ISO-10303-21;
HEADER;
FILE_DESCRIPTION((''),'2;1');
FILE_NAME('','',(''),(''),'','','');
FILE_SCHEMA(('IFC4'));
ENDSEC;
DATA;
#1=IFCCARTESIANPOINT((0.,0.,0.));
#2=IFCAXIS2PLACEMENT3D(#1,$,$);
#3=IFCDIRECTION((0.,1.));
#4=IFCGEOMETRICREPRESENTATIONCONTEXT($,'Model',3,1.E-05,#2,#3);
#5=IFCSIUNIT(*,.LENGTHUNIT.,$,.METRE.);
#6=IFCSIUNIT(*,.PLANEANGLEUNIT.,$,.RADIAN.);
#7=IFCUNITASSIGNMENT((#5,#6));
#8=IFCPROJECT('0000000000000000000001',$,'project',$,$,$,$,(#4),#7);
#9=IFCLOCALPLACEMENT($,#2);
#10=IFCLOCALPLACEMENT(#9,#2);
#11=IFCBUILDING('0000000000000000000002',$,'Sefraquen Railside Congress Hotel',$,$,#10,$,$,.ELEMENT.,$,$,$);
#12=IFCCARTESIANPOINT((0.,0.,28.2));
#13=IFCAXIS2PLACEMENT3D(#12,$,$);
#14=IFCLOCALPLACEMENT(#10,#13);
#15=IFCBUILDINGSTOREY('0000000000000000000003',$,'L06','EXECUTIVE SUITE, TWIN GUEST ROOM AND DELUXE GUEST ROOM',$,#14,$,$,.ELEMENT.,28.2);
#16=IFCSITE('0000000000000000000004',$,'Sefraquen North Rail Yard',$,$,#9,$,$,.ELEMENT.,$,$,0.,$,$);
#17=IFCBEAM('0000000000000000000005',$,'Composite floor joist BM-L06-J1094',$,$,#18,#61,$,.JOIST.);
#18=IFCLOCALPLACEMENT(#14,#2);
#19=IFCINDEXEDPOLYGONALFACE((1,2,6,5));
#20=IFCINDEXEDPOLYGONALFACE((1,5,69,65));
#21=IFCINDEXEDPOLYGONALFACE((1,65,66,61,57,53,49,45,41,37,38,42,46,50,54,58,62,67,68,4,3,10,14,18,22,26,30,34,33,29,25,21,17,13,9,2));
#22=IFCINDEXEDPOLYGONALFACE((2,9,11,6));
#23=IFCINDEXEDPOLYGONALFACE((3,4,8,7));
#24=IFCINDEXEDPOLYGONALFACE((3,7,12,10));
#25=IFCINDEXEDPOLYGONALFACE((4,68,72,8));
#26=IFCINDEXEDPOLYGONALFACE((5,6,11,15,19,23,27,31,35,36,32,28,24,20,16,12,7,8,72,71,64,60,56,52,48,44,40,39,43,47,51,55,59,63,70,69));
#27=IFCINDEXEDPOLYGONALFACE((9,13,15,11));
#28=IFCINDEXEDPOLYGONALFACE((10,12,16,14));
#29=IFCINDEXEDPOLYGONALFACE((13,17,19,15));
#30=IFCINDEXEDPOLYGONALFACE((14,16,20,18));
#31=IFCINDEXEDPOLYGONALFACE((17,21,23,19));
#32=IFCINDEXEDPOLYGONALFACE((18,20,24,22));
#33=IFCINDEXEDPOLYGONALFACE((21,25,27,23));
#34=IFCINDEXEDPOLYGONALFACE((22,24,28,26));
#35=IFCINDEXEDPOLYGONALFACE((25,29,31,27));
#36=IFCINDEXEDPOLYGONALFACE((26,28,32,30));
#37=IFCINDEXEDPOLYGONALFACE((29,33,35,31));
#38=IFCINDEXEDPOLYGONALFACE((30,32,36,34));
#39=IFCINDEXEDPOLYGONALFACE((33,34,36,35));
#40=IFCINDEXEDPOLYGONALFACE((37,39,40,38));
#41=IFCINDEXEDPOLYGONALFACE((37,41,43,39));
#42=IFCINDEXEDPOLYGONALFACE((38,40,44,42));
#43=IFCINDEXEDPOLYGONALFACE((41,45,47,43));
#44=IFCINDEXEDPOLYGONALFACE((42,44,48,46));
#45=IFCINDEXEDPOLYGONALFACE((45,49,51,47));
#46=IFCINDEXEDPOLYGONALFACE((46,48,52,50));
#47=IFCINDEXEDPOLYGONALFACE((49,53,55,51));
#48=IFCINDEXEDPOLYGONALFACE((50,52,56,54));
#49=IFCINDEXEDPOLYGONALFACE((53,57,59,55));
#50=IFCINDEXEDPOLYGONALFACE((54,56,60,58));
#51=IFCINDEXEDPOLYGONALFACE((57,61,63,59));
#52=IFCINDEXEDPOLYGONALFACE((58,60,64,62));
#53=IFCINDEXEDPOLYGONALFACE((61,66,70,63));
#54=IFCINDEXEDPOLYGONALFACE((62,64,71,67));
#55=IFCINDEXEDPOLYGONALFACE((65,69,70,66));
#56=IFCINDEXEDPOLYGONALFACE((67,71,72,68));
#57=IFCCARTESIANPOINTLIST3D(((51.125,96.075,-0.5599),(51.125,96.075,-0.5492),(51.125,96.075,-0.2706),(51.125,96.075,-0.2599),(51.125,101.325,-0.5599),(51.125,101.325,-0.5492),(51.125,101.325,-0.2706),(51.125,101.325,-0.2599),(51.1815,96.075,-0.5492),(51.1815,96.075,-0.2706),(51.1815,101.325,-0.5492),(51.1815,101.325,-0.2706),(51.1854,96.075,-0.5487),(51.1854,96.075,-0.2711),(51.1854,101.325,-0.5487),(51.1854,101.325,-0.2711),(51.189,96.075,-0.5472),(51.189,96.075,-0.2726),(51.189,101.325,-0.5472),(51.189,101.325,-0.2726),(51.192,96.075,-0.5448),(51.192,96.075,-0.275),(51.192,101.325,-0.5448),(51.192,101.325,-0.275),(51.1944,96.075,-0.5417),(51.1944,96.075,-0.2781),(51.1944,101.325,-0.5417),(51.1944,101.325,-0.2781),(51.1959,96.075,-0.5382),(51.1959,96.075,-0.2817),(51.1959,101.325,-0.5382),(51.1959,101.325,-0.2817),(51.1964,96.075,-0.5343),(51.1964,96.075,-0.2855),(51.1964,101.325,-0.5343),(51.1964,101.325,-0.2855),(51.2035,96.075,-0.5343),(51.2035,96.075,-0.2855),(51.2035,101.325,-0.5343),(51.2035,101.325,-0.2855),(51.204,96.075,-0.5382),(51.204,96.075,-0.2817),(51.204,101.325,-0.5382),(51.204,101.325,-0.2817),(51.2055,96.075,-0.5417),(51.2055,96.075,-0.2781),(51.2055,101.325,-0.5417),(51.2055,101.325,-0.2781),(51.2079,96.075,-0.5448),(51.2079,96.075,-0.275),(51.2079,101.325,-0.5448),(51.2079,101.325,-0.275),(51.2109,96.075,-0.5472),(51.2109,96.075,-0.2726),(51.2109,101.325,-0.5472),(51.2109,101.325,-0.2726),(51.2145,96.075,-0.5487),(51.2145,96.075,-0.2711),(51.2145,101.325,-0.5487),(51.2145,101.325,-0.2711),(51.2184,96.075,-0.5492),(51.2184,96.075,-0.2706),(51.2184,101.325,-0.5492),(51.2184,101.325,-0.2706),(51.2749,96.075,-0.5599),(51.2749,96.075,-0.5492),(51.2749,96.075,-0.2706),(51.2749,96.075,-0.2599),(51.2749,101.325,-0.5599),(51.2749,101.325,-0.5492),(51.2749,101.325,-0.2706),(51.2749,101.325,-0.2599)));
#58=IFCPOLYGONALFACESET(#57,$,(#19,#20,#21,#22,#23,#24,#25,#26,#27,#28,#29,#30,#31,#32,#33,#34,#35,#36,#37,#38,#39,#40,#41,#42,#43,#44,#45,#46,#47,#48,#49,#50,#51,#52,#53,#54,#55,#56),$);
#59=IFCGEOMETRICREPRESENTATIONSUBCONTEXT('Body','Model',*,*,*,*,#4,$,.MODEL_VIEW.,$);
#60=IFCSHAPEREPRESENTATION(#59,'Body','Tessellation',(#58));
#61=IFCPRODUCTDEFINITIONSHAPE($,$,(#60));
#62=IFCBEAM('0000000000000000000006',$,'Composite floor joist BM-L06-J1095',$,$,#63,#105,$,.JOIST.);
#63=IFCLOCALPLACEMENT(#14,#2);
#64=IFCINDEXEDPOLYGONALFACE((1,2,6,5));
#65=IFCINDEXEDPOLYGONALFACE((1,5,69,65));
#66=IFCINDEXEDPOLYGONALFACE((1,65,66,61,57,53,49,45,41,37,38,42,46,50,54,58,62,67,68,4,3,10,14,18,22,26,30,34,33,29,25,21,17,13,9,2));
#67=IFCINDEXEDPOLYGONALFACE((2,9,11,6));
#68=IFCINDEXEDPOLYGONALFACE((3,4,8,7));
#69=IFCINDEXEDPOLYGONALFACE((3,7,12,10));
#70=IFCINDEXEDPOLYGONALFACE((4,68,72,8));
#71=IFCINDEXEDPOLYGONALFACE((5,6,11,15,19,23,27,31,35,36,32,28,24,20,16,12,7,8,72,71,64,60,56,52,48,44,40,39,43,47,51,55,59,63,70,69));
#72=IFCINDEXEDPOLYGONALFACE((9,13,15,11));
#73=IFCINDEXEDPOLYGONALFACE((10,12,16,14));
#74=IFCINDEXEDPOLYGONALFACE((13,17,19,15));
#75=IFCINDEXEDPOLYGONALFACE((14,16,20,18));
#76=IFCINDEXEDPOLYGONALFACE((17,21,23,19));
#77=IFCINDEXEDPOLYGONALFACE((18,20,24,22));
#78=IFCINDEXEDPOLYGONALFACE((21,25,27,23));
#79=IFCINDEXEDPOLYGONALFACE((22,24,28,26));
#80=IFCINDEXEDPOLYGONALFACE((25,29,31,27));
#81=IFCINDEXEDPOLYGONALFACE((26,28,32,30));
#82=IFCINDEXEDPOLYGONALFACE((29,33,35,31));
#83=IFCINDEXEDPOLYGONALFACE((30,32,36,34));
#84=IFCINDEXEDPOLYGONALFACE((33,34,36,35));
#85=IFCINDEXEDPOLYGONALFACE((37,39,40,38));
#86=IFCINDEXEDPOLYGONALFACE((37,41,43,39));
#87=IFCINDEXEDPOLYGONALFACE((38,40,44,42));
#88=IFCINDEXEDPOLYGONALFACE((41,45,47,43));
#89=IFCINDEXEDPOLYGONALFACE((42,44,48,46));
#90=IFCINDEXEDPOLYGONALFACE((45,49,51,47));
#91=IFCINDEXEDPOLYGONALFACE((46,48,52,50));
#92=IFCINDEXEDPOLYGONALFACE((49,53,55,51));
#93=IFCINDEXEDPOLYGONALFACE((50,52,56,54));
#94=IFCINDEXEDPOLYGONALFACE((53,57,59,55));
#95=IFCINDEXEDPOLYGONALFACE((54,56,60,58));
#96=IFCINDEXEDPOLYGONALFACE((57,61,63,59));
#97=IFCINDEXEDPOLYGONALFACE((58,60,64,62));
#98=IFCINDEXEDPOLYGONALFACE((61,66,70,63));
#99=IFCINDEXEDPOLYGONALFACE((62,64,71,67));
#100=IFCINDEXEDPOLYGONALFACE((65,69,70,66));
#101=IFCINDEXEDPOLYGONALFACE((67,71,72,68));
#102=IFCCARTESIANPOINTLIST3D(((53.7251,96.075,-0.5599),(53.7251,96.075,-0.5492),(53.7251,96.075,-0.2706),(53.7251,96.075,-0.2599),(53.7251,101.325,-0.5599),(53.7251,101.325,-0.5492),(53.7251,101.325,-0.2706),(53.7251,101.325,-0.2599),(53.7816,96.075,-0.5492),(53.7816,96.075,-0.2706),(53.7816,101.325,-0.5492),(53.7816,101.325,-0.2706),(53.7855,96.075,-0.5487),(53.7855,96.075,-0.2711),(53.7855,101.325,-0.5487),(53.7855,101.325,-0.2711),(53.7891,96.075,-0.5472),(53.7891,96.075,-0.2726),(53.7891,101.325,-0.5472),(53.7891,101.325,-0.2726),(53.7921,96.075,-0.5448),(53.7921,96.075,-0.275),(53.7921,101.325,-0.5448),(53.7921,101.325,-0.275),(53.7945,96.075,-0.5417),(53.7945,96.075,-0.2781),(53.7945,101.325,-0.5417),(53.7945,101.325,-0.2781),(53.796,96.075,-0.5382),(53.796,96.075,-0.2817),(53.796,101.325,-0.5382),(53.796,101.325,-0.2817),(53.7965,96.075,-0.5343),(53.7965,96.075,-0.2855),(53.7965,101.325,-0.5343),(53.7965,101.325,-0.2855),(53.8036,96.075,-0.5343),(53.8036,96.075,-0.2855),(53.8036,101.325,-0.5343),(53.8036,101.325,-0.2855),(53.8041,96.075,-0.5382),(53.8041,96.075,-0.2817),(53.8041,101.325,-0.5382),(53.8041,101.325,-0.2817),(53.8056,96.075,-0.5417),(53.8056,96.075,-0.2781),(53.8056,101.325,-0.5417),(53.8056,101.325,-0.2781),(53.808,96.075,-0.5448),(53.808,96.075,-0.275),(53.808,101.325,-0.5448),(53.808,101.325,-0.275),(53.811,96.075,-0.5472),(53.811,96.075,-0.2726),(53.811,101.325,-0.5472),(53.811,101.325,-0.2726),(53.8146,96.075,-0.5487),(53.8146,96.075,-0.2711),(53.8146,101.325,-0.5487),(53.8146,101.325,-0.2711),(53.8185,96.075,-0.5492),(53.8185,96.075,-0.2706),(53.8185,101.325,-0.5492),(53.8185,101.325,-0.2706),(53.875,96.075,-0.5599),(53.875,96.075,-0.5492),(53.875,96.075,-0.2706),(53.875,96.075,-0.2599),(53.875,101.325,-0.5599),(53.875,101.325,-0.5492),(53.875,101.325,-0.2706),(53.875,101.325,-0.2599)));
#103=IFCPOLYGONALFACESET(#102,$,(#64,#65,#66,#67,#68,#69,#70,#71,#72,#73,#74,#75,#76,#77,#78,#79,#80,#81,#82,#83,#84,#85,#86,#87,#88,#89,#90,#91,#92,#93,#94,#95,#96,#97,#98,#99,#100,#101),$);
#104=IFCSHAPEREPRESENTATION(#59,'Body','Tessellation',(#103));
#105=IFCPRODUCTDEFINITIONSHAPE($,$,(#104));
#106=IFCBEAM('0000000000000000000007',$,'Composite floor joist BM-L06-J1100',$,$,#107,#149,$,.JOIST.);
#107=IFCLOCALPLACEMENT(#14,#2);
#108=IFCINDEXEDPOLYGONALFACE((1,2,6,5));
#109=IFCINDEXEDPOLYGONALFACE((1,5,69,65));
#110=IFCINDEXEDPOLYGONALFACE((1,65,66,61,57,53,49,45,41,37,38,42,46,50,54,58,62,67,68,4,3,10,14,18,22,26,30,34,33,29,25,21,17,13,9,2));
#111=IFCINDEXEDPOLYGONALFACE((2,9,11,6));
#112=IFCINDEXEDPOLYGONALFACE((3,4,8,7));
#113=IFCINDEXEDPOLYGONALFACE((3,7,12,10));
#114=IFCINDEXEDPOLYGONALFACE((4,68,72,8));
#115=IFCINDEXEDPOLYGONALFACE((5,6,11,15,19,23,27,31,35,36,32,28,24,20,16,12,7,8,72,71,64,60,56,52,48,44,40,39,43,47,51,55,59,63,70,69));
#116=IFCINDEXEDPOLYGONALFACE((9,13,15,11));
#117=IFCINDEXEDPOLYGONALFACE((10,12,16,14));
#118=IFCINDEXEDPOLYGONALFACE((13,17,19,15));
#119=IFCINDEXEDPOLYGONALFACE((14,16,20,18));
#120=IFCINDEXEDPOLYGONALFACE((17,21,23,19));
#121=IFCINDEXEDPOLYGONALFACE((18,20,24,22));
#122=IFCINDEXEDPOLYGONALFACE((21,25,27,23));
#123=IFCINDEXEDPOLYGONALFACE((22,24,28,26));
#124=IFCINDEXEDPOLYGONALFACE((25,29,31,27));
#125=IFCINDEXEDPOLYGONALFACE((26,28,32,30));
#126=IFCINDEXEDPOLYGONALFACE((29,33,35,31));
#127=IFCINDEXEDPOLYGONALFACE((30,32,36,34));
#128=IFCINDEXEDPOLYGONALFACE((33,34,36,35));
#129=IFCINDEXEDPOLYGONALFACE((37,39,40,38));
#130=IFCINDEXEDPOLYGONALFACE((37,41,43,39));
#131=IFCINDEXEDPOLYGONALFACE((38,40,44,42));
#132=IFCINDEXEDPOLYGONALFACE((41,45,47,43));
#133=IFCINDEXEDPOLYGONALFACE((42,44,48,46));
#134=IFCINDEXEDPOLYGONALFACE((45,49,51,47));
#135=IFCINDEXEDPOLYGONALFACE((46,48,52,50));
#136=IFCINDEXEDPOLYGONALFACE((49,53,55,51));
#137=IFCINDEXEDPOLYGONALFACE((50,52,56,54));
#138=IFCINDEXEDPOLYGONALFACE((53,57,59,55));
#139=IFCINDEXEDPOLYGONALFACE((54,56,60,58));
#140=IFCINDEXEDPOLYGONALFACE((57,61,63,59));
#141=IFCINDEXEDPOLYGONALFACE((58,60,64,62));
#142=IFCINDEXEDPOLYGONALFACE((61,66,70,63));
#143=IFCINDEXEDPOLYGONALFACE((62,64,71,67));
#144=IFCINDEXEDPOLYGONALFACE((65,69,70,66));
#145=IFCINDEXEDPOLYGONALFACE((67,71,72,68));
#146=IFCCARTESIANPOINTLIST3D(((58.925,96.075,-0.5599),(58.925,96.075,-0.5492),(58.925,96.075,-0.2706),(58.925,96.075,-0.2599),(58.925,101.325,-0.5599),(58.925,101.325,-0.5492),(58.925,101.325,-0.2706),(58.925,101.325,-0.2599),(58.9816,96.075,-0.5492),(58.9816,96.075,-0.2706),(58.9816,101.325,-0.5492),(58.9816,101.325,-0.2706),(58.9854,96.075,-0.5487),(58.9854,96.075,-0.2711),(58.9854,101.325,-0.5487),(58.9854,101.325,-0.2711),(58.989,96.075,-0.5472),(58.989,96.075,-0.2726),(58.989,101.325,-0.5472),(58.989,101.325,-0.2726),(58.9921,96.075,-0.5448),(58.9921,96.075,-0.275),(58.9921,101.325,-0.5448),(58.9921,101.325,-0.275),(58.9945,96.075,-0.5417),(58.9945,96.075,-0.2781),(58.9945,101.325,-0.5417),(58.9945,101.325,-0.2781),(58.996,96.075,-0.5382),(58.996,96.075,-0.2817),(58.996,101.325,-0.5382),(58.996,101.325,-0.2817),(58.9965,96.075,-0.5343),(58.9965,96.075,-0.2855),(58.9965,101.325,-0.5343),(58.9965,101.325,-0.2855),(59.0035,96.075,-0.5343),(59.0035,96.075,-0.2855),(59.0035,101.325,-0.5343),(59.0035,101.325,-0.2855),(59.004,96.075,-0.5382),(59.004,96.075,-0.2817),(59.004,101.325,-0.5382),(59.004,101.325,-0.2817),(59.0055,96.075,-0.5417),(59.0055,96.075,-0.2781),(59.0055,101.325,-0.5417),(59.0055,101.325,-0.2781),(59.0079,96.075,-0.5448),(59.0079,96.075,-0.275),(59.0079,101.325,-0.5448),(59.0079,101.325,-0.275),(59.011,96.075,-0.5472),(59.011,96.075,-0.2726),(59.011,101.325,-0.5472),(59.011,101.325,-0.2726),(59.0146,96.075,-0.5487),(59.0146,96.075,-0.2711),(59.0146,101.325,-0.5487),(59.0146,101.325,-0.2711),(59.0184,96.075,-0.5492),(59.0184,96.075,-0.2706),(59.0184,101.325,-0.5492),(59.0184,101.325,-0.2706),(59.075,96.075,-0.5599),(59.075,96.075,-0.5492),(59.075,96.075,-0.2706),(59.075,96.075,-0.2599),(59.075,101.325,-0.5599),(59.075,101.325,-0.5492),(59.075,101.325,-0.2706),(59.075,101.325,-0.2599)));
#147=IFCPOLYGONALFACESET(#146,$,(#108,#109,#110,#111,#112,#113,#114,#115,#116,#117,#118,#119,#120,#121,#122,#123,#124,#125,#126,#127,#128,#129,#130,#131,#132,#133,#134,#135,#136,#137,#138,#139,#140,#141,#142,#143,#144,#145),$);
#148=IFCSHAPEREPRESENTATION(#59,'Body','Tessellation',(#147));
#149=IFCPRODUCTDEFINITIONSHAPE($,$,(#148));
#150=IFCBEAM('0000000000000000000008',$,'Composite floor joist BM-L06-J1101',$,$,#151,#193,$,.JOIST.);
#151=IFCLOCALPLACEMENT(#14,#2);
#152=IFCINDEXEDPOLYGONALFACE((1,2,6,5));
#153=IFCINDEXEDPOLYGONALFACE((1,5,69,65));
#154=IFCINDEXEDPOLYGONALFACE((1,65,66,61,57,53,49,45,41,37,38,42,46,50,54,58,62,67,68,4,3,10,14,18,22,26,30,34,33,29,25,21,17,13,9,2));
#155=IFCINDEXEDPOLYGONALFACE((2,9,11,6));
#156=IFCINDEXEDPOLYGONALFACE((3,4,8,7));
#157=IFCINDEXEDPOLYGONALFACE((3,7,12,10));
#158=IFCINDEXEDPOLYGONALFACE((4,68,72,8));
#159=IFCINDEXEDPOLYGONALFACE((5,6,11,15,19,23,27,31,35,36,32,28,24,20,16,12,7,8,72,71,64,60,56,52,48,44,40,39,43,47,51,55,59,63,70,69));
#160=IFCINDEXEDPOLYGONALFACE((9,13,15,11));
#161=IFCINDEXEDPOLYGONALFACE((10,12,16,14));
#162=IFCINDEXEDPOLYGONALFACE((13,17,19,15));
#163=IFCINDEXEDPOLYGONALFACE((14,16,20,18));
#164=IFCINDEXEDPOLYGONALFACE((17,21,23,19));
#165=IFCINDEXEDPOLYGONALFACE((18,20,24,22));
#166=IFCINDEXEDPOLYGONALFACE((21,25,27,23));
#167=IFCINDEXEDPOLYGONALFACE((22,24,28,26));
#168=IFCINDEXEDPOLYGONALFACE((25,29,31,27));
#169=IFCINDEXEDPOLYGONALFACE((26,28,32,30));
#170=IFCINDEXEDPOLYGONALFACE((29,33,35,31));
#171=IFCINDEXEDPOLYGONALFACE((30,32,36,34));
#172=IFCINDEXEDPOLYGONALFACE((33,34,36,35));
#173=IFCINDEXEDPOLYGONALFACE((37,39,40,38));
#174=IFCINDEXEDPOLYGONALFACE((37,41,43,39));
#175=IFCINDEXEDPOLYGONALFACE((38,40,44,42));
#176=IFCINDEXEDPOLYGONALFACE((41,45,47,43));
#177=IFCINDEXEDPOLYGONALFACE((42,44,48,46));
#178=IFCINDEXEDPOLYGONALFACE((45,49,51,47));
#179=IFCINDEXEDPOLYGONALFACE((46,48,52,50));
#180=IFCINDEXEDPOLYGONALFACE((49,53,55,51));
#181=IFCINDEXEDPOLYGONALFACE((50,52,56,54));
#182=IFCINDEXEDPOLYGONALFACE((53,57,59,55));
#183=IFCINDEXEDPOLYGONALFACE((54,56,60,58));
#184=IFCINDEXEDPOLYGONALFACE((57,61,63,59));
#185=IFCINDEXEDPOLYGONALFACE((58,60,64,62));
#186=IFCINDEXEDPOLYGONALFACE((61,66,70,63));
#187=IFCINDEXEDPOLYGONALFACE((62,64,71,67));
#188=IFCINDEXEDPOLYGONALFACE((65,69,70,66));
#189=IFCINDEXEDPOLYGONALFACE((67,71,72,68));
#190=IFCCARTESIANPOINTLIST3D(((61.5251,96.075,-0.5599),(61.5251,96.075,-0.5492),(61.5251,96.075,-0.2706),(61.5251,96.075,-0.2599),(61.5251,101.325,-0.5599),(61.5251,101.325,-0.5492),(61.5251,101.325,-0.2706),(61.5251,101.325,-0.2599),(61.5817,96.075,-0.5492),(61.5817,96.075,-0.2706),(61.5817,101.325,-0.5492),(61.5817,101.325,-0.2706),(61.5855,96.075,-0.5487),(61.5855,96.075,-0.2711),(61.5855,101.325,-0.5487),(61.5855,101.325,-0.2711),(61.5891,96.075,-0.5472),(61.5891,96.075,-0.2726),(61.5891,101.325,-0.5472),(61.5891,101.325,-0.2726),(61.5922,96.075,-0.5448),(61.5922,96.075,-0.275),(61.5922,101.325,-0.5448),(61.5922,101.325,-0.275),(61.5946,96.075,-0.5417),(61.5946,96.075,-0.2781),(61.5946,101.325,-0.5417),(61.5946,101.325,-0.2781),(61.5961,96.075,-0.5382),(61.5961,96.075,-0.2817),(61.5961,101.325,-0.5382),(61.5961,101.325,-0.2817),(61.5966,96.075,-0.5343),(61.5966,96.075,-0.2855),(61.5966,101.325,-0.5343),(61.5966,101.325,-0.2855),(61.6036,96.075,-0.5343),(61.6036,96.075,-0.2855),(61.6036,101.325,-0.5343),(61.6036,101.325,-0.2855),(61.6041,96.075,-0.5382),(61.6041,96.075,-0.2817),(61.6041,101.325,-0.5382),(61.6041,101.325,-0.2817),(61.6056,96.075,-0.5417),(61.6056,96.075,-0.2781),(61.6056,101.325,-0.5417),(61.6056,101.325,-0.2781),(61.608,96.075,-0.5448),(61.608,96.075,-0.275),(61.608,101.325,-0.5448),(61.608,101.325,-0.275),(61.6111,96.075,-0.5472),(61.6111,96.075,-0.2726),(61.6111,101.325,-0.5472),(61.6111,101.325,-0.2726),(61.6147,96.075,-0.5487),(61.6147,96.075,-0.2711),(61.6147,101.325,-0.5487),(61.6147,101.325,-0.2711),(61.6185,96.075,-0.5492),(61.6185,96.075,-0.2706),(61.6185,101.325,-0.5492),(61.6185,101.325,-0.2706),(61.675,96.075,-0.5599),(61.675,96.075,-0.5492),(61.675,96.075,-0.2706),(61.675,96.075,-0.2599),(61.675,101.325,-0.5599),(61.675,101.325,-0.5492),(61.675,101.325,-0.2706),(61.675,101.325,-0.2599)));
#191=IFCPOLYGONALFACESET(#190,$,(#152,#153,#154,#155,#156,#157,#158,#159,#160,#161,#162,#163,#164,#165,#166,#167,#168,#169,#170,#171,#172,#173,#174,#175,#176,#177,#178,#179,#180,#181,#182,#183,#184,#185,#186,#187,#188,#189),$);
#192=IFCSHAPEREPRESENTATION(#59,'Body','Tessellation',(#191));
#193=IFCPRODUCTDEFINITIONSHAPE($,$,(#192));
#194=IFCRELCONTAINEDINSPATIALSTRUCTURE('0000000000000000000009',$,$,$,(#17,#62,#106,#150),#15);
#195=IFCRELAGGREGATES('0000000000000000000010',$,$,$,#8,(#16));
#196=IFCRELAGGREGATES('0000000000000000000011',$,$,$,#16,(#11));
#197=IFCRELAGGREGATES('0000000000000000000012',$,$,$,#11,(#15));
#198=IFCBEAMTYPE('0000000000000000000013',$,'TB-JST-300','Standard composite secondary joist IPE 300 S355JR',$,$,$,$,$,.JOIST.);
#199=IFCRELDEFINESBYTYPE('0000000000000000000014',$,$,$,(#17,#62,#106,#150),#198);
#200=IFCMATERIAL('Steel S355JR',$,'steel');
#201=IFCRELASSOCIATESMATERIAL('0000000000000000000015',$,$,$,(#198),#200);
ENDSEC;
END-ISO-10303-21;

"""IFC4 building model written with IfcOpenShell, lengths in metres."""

from ifc_helpers import new_model, si_unit, direction, frame, origin, origin_2d, place, context, subcontext, project, spatial, i_section, extrude, material, material_profile, profile_set, type_object, element, save


model = new_model("IFC4")

# Units and contexts
model_context = context("Model", 3, precision=1e-05, world=origin(), true_north=direction((0.0, 1.0)))
body_context = subcontext(model_context, "Body", "Model", "MODEL_VIEW")
ifc_project = project(units=[si_unit("LENGTHUNIT", "METRE"), si_unit("PLANEANGLEUNIT", "RADIAN")], contexts=[model_context])

# Site, building, storey
site_placement = place(None, origin())
site = spatial("IfcSite", under=ifc_project, at=site_placement, Name="Sefraquen North Rail Yard", CompositionType="ELEMENT", RefElevation=0.0)
building_placement = place(site_placement, origin())
building = spatial("IfcBuilding", under=site, at=building_placement, Name="Sefraquen Railside Congress Hotel", CompositionType="ELEMENT")
storey_placement = place(building_placement, frame((0.0, 0.0, 28.2)))
storey = spatial("IfcBuildingStorey", under=building, at=storey_placement, Name="L06", Description="EXECUTIVE SUITE, TWIN GUEST ROOM AND DELUXE GUEST ROOM", CompositionType="ELEMENT", Elevation=28.2)

# Shared definitions
ifc_material = material(Name="Steel S355JR", Category="steel")

# Beams
ifc_material_profile_1 = material_profile(ifc_material, i_section(OverallWidth=0.1499, OverallDepth=0.3, WebThickness=0.0071, FlangeThickness=0.0107, FilletRadius=0.0149, at=origin_2d()), Name="IPE 300")
ifc_profile_set_1 = profile_set([ifc_material_profile_1], Name="Steel S355JR")
beam_type_1 = type_object("IfcBeamType", Name="TB-JST-300", Description="Standard composite secondary joist IPE 300 S355JR", PredefinedType="JOIST", material=ifc_profile_set_1)
for number, where, z_axis, x_axis, name in (
    (1, (51.2, 96.075, -0.4099), (0.0, 1.0, 0.0), (-1.0, 0.0, 0.0), "Composite floor joist BM-L06-J1094"),
    (2, (53.8, 96.075, -0.4099), (0.0, 1.0, 0.0), (-1.0, 0.0, 0.0), "Composite floor joist BM-L06-J1095"),
    (3, (59.0, 96.075, -0.4099), (0.0, 1.0, 0.0), (-1.0, 0.0, 0.0), "Composite floor joist BM-L06-J1100"),
    (4, (61.6001, 96.075, -0.4099), (0.0, 1.0, 0.0), (-1.0, 0.0, 0.0), "Composite floor joist BM-L06-J1101"),
):
    element("IfcBeam", number, at=place(storey_placement, frame(where, z_axis=z_axis, x_axis=x_axis)), inside=storey, type_object=beam_type_1, Name=name, PredefinedType="JOIST", context=body_context, shape_type="SweptSolid", body=[
        extrude(i_section(OverallWidth=0.1499, OverallDepth=0.3, WebThickness=0.0071, FlangeThickness=0.0107, FilletRadius=0.0149, at=origin_2d()), origin(), (0.0, 0.0, 1.0), 5.25),
    ])

save(model, "model.ifc")
